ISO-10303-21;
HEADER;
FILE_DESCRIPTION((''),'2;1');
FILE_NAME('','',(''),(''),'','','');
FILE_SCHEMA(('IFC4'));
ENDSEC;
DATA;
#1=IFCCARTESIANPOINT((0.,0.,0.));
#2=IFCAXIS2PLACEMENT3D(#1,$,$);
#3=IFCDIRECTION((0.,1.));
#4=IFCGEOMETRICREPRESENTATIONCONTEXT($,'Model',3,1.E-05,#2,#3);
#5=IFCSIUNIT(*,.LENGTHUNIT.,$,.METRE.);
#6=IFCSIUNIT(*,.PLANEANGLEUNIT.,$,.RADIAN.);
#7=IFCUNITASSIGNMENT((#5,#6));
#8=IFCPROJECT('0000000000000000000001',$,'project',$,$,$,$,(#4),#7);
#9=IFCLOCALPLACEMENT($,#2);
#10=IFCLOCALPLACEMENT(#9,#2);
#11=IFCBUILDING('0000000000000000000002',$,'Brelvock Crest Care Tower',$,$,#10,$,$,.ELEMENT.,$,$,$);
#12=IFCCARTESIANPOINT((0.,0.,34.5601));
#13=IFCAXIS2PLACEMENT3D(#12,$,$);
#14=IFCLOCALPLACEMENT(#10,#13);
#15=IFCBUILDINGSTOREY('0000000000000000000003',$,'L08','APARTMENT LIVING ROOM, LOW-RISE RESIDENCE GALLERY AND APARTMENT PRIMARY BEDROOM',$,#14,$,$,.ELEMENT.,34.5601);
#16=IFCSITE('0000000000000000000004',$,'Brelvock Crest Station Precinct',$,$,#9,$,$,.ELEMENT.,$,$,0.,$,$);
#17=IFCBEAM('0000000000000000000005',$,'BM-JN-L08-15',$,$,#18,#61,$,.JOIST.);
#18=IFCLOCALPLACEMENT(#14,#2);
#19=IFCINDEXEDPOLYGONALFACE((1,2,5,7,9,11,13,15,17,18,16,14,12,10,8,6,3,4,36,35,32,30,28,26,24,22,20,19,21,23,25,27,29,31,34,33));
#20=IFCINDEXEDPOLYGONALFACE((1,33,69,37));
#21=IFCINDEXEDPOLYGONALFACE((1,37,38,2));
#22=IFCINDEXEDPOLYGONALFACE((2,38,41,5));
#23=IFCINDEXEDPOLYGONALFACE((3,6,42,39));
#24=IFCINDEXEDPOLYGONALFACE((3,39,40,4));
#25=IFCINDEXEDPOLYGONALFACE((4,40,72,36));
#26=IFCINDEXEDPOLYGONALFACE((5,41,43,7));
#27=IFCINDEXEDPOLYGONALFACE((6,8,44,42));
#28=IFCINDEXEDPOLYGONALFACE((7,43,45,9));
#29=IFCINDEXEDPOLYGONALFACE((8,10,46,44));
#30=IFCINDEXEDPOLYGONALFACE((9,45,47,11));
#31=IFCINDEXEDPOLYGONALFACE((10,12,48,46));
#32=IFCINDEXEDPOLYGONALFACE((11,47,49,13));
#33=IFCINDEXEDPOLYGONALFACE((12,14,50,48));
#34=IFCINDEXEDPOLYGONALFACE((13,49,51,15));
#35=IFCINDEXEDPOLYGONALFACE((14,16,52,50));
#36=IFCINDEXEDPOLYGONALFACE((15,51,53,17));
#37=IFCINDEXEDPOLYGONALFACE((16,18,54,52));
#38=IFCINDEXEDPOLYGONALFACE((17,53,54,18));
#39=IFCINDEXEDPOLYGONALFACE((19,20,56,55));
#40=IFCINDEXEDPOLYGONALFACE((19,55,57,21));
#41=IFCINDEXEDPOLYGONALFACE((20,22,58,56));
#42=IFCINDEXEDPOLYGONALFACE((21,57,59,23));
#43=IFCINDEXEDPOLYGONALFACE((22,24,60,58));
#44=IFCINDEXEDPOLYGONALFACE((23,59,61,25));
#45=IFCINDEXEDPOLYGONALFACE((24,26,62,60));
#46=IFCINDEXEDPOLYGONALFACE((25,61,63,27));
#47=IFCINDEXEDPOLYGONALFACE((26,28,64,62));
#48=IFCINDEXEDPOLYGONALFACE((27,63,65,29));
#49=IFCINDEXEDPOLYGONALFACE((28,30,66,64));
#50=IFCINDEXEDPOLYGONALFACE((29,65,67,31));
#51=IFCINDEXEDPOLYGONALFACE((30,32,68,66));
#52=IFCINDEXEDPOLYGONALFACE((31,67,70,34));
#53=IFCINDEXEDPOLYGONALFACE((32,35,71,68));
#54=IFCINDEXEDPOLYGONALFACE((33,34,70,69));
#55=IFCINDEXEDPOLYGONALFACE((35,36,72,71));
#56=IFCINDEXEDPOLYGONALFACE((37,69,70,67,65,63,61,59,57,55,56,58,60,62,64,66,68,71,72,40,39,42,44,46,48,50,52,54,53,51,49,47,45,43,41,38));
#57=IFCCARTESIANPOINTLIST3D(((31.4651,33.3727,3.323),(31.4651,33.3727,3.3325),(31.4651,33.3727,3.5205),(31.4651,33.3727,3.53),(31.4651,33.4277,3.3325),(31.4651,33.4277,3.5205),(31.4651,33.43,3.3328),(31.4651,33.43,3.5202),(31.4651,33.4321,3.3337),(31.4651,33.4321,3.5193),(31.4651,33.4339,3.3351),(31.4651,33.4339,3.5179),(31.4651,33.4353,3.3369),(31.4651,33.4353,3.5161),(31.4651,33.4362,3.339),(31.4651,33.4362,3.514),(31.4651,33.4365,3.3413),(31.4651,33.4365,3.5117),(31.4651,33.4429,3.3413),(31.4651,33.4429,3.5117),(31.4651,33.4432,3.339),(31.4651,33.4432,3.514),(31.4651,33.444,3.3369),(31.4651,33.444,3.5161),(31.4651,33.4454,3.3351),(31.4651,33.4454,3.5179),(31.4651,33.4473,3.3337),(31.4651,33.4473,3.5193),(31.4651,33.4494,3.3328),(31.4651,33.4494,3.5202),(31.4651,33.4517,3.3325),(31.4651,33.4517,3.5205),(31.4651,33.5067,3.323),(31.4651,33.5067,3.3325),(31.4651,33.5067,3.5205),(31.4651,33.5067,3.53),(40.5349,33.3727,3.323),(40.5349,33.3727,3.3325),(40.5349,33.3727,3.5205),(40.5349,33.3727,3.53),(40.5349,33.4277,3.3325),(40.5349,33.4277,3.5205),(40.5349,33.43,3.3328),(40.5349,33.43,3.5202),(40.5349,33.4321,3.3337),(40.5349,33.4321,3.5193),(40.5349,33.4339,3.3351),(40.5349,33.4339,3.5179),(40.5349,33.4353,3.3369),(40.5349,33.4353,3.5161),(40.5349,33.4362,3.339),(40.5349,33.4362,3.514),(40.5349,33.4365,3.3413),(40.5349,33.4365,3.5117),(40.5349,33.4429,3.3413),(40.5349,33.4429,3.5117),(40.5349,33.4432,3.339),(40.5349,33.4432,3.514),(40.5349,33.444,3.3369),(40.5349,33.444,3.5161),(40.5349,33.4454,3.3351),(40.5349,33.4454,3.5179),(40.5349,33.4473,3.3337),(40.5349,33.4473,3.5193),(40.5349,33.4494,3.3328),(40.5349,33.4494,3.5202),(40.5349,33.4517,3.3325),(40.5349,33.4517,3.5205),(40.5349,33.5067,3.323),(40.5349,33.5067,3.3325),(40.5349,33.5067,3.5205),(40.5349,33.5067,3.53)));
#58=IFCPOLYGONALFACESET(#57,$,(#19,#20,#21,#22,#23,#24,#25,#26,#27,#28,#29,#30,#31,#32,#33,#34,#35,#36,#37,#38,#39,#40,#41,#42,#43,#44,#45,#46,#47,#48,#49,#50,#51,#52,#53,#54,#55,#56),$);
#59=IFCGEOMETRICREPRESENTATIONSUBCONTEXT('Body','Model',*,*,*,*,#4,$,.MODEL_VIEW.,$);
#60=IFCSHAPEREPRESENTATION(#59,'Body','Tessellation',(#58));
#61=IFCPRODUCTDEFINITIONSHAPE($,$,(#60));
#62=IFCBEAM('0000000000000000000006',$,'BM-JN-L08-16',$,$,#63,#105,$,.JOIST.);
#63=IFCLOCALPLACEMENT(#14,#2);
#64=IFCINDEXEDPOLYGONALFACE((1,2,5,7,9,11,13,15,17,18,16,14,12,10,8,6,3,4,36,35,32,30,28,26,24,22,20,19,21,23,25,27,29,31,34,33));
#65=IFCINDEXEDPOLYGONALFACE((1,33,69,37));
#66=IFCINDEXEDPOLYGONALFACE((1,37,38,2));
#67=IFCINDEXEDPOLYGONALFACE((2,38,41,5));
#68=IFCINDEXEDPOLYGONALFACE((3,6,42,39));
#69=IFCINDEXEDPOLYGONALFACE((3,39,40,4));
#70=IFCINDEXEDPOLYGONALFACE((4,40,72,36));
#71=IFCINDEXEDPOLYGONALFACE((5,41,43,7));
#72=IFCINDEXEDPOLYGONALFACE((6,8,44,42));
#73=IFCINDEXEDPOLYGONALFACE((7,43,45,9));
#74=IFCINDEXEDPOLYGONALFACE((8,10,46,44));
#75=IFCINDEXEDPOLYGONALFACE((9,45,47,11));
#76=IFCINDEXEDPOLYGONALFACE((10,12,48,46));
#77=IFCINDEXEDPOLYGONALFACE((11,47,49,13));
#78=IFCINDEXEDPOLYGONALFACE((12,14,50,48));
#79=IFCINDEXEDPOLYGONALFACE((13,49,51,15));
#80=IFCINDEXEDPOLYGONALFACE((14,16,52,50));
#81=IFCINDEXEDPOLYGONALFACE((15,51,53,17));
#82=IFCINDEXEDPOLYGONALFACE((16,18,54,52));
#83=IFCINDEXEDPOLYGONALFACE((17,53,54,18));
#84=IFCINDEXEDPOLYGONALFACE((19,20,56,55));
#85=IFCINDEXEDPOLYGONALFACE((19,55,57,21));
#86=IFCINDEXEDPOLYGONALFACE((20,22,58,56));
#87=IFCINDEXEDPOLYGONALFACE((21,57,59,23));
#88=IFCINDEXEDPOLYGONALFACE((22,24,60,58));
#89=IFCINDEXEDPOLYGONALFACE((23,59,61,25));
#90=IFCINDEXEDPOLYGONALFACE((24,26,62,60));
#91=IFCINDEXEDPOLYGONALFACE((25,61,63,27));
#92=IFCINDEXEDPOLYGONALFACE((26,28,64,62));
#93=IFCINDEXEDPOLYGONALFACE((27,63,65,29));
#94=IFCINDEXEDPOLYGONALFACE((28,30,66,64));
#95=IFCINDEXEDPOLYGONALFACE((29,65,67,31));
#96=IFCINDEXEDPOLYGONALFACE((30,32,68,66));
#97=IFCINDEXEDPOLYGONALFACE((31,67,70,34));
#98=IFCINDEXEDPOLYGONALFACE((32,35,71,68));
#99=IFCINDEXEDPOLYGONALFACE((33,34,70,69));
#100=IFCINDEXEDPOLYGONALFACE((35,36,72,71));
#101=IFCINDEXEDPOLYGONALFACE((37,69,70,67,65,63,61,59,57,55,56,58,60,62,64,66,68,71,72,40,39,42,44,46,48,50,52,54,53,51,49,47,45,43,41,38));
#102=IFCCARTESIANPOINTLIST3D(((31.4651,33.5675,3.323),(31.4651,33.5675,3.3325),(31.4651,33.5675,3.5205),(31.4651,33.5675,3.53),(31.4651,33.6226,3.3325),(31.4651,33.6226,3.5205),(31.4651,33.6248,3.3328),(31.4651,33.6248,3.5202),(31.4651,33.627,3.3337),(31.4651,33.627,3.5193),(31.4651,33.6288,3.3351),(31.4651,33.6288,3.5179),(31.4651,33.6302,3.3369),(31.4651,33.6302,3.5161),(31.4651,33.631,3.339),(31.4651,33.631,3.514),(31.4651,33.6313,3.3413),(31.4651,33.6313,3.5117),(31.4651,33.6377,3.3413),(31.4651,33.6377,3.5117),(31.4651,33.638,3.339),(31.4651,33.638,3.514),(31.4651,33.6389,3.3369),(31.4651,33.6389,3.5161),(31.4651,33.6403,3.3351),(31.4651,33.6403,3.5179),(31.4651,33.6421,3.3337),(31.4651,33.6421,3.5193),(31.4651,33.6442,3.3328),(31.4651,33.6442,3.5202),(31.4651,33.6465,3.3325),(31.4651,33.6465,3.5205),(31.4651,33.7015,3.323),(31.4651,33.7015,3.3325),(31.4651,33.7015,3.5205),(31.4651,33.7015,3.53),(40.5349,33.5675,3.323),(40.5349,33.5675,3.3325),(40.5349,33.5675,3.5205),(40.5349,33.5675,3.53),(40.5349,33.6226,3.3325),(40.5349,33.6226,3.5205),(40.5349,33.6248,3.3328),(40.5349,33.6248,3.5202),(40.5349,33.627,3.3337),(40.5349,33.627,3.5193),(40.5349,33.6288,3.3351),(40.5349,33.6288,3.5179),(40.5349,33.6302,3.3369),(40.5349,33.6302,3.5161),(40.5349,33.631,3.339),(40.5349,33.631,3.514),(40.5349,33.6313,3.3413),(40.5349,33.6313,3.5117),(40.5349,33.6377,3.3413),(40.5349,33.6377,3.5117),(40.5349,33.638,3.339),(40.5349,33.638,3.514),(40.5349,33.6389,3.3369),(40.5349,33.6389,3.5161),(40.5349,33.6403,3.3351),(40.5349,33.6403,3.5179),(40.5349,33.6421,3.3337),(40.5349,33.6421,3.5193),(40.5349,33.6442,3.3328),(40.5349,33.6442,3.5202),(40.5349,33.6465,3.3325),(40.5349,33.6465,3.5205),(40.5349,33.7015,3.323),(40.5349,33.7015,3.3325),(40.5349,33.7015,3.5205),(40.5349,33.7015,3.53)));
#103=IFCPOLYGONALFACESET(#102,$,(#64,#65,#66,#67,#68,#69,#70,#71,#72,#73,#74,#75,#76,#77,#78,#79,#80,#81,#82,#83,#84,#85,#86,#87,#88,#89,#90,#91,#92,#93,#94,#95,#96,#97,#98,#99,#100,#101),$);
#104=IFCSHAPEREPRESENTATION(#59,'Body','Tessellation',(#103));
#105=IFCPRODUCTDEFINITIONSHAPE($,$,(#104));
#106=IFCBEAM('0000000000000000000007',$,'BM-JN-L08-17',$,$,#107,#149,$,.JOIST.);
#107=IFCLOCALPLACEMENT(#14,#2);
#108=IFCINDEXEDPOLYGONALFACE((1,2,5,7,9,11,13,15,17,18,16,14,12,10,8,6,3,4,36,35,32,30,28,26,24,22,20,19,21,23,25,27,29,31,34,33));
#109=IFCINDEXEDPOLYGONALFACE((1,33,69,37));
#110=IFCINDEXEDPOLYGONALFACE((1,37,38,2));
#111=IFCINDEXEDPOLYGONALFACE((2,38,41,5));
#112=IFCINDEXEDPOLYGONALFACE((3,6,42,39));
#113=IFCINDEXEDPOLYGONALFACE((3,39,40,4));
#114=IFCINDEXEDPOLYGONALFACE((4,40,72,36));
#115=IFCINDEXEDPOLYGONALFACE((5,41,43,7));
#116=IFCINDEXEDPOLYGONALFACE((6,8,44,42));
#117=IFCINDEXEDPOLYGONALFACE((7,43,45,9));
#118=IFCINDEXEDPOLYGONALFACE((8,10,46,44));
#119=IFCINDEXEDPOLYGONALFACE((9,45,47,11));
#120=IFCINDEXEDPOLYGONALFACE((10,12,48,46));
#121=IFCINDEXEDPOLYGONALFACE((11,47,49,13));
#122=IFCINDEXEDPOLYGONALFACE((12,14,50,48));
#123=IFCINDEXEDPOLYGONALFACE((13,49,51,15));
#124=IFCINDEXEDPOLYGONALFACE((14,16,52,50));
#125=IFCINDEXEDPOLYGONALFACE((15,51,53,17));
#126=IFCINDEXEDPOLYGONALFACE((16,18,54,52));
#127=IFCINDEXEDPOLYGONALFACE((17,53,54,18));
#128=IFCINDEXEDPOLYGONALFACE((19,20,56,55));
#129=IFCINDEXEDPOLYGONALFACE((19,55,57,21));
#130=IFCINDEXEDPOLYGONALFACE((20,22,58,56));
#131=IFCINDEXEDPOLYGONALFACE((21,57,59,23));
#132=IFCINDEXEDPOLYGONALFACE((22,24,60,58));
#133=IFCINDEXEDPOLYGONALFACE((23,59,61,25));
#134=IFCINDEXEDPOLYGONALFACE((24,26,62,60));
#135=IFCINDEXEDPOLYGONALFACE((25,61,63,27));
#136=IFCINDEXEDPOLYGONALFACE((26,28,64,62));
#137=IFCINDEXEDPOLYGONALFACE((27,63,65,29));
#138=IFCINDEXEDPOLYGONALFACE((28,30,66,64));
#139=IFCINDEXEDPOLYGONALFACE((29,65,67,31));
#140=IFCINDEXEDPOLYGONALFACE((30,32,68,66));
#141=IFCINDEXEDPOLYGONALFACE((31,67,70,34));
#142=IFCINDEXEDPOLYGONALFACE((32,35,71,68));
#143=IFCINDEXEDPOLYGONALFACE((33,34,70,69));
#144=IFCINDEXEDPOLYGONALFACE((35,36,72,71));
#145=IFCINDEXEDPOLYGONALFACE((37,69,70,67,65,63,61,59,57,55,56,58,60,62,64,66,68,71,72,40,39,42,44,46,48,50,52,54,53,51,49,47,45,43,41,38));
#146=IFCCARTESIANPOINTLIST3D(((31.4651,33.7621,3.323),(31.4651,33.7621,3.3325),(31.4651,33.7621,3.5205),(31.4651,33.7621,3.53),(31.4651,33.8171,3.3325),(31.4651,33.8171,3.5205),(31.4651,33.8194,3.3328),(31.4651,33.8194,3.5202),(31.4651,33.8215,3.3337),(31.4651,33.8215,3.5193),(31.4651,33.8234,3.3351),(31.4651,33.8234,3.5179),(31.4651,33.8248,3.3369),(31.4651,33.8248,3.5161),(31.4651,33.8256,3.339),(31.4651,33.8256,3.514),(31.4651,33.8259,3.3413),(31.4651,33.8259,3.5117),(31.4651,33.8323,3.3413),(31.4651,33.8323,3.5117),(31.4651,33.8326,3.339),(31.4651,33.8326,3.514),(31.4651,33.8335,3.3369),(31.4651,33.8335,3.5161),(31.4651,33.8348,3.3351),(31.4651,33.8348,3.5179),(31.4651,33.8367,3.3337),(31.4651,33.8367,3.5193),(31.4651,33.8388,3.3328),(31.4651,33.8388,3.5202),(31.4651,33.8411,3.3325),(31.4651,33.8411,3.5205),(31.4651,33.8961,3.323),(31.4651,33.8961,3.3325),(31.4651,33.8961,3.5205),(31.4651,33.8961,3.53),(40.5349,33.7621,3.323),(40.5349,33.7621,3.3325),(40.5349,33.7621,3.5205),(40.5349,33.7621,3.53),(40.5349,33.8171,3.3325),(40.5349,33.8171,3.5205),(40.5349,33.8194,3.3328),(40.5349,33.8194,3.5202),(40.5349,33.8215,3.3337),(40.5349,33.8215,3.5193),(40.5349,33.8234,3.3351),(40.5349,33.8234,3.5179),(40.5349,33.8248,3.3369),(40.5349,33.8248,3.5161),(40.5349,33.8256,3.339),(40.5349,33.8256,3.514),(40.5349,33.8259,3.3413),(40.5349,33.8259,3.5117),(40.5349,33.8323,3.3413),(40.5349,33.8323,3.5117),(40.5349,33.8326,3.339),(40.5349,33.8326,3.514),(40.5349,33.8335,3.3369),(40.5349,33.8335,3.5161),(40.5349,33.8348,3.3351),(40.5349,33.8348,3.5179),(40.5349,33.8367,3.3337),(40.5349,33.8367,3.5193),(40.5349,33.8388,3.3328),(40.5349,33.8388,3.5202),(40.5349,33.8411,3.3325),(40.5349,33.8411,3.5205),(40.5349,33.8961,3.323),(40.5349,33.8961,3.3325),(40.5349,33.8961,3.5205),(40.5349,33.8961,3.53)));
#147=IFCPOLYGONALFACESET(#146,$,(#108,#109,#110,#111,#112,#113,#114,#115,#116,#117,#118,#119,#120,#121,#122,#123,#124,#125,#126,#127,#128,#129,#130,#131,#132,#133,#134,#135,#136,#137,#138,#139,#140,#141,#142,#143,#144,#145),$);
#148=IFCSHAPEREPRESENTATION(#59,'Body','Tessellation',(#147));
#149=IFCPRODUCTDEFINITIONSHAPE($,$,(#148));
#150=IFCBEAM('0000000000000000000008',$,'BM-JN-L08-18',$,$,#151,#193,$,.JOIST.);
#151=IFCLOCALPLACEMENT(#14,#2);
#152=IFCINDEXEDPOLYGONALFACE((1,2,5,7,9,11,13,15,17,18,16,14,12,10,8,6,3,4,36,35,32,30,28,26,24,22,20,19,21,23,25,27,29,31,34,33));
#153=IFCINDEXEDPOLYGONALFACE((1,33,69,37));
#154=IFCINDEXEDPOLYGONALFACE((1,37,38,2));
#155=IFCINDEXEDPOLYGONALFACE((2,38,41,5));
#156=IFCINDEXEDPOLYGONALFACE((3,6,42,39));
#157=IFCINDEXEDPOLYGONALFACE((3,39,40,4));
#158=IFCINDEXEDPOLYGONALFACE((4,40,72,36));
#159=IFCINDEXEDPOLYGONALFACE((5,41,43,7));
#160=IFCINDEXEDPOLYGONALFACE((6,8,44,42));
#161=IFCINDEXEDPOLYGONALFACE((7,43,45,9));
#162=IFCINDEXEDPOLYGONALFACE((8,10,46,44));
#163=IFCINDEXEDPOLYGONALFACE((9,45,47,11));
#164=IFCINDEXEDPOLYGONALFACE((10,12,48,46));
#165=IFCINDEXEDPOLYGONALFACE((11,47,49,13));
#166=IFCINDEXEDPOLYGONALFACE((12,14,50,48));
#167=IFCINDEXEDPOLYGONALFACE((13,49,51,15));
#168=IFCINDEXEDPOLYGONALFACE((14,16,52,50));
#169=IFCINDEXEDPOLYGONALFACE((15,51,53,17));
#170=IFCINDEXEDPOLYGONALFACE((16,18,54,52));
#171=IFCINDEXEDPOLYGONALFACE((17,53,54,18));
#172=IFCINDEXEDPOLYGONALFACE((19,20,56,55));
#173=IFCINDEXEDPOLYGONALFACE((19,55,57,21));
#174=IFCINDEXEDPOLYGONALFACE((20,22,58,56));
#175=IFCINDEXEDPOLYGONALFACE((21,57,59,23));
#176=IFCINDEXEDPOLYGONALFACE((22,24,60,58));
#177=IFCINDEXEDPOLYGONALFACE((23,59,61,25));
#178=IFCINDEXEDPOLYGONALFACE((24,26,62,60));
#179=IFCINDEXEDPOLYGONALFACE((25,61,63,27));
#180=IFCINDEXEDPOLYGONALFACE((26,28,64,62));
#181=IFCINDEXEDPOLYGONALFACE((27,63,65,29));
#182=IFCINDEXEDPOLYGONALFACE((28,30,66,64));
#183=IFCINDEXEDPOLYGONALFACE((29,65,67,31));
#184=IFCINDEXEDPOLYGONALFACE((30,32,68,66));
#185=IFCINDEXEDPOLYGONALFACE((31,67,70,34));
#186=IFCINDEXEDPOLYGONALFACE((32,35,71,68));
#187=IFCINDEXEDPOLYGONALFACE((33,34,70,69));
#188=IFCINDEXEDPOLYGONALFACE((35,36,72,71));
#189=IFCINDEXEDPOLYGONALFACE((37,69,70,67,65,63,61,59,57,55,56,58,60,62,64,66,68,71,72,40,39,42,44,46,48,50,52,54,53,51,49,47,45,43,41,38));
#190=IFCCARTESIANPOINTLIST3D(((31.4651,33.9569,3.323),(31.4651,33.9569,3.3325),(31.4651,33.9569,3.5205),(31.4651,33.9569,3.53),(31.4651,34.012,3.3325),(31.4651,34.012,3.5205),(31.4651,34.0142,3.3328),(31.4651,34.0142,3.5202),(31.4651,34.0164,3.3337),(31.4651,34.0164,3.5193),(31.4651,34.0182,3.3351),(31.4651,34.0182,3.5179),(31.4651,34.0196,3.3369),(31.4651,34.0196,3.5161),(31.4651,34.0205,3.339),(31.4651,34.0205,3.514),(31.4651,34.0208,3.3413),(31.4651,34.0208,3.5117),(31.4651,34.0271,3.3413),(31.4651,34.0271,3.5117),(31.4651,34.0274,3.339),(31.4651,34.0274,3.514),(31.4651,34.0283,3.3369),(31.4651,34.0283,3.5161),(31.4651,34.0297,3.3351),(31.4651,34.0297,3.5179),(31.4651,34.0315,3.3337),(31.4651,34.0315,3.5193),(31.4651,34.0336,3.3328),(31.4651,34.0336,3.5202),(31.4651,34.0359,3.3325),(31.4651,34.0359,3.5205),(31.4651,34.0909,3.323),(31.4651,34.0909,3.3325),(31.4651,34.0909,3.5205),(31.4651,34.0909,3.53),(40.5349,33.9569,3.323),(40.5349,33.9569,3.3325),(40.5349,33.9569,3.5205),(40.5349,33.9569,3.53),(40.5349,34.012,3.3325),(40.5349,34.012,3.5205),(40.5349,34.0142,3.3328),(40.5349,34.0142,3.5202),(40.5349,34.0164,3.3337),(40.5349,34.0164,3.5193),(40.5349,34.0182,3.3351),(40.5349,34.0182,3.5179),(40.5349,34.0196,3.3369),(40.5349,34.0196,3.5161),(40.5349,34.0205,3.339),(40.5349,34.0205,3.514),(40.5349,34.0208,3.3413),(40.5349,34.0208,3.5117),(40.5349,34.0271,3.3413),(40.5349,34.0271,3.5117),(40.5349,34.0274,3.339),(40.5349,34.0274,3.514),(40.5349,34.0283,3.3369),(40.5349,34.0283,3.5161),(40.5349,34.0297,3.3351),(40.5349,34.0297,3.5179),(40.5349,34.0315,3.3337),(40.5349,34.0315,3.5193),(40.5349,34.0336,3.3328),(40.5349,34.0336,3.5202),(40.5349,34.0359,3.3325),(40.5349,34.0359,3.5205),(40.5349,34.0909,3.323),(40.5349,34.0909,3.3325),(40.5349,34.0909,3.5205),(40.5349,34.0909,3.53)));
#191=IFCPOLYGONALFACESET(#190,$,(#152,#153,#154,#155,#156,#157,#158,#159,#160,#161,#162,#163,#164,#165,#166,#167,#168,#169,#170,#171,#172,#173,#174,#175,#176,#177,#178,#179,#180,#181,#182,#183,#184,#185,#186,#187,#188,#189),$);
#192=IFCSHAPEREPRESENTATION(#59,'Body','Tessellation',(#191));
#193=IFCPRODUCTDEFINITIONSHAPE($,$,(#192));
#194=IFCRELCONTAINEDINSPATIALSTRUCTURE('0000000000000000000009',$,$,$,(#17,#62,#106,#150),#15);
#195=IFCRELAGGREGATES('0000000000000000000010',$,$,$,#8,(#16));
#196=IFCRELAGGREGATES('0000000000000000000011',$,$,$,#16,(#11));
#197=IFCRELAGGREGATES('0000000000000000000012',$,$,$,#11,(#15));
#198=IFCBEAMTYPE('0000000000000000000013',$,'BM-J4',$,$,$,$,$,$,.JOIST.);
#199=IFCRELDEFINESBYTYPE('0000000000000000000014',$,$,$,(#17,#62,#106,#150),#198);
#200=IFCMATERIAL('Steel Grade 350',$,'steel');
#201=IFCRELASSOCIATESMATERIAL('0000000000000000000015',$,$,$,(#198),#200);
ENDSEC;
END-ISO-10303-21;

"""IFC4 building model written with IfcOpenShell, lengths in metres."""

from ifc_helpers import new_model, si_unit, direction, frame, origin, origin_2d, place, context, subcontext, project, spatial, i_section, extrude, source, transform, mapped, material, material_profile, profile_set, type_object, element, save


model = new_model("IFC4")

# Units and contexts
model_context = context("Model", 3, precision=1e-05, world=origin(), true_north=direction((0.0, 1.0)))
body_context = subcontext(model_context, "Body", "Model", "MODEL_VIEW")
ifc_project = project(units=[si_unit("LENGTHUNIT", "METRE"), si_unit("PLANEANGLEUNIT", "RADIAN")], contexts=[model_context])

# Site, building, storey
site_placement = place(None, origin())
site = spatial("IfcSite", under=ifc_project, at=site_placement, Name="Brelvock Crest Station Precinct", CompositionType="ELEMENT", RefElevation=0.0)
building_placement = place(site_placement, origin())
building = spatial("IfcBuilding", under=site, at=building_placement, Name="Brelvock Crest Care Tower", CompositionType="ELEMENT")
storey_placement = place(building_placement, frame((0.0, 0.0, 34.5601)))
storey = spatial("IfcBuildingStorey", under=building, at=storey_placement, Name="L08", Description="APARTMENT LIVING ROOM, LOW-RISE RESIDENCE GALLERY AND APARTMENT PRIMARY BEDROOM", CompositionType="ELEMENT", Elevation=34.5601)

# Shared definitions
ifc_material_1 = material(Name="Steel Grade 350", Category="steel")

# Beams
ifc_material_profile_1 = material_profile(ifc_material_1, i_section(OverallWidth=0.134, OverallDepth=0.207, WebThickness=0.0063, FlangeThickness=0.0095, FilletRadius=0.0088, at=origin_2d()), Name="200UB29.8")
ifc_profile_set_1 = profile_set([ifc_material_profile_1], Name="Steel Grade 350")
beam_type_1 = type_object("IfcBeamType", Name="BM-J4", PredefinedType="JOIST", material=ifc_profile_set_1)
shared_shape_1 = source(origin(), body_context, "Body", "SweptSolid", [
    extrude(i_section(OverallWidth=0.134, OverallDepth=0.207, WebThickness=0.0063, FlangeThickness=0.0095, FilletRadius=0.0088, at=origin_2d()), origin(), (0.0, 0.0, 1.0), 9.0698),
])
for number, where, z_axis, x_axis, name in (
    (1, (31.4651, 33.4397, 3.4265), (1.0, 0.0, 0.0), (0.0, 1.0, 0.0), "BM-JN-L08-15"),
    (2, (31.4651, 33.6345, 3.4265), (1.0, 0.0, 0.0), (0.0, 1.0, 0.0), "BM-JN-L08-16"),
    (3, (31.4651, 33.8291, 3.4265), (1.0, 0.0, 0.0), (0.0, 1.0, 0.0), "BM-JN-L08-17"),
    (4, (31.4651, 34.0239, 3.4265), (1.0, 0.0, 0.0), (0.0, 1.0, 0.0), "BM-JN-L08-18"),
):
    element("IfcBeam", number, at=place(storey_placement, frame(where, z_axis=z_axis, x_axis=x_axis)), inside=storey, type_object=beam_type_1, Name=name, PredefinedType="JOIST", context=body_context, shape_type="MappedRepresentation", body=[
        mapped(shared_shape_1, transform((0.0, 0.0, 0.0), x_axis=(1.0, 0.0, 0.0), y_axis=(0.0, 1.0, 0.0), z_axis=(0.0, 0.0, 1.0), scale=1.0)),
    ])

save(model, "model.ifc")
